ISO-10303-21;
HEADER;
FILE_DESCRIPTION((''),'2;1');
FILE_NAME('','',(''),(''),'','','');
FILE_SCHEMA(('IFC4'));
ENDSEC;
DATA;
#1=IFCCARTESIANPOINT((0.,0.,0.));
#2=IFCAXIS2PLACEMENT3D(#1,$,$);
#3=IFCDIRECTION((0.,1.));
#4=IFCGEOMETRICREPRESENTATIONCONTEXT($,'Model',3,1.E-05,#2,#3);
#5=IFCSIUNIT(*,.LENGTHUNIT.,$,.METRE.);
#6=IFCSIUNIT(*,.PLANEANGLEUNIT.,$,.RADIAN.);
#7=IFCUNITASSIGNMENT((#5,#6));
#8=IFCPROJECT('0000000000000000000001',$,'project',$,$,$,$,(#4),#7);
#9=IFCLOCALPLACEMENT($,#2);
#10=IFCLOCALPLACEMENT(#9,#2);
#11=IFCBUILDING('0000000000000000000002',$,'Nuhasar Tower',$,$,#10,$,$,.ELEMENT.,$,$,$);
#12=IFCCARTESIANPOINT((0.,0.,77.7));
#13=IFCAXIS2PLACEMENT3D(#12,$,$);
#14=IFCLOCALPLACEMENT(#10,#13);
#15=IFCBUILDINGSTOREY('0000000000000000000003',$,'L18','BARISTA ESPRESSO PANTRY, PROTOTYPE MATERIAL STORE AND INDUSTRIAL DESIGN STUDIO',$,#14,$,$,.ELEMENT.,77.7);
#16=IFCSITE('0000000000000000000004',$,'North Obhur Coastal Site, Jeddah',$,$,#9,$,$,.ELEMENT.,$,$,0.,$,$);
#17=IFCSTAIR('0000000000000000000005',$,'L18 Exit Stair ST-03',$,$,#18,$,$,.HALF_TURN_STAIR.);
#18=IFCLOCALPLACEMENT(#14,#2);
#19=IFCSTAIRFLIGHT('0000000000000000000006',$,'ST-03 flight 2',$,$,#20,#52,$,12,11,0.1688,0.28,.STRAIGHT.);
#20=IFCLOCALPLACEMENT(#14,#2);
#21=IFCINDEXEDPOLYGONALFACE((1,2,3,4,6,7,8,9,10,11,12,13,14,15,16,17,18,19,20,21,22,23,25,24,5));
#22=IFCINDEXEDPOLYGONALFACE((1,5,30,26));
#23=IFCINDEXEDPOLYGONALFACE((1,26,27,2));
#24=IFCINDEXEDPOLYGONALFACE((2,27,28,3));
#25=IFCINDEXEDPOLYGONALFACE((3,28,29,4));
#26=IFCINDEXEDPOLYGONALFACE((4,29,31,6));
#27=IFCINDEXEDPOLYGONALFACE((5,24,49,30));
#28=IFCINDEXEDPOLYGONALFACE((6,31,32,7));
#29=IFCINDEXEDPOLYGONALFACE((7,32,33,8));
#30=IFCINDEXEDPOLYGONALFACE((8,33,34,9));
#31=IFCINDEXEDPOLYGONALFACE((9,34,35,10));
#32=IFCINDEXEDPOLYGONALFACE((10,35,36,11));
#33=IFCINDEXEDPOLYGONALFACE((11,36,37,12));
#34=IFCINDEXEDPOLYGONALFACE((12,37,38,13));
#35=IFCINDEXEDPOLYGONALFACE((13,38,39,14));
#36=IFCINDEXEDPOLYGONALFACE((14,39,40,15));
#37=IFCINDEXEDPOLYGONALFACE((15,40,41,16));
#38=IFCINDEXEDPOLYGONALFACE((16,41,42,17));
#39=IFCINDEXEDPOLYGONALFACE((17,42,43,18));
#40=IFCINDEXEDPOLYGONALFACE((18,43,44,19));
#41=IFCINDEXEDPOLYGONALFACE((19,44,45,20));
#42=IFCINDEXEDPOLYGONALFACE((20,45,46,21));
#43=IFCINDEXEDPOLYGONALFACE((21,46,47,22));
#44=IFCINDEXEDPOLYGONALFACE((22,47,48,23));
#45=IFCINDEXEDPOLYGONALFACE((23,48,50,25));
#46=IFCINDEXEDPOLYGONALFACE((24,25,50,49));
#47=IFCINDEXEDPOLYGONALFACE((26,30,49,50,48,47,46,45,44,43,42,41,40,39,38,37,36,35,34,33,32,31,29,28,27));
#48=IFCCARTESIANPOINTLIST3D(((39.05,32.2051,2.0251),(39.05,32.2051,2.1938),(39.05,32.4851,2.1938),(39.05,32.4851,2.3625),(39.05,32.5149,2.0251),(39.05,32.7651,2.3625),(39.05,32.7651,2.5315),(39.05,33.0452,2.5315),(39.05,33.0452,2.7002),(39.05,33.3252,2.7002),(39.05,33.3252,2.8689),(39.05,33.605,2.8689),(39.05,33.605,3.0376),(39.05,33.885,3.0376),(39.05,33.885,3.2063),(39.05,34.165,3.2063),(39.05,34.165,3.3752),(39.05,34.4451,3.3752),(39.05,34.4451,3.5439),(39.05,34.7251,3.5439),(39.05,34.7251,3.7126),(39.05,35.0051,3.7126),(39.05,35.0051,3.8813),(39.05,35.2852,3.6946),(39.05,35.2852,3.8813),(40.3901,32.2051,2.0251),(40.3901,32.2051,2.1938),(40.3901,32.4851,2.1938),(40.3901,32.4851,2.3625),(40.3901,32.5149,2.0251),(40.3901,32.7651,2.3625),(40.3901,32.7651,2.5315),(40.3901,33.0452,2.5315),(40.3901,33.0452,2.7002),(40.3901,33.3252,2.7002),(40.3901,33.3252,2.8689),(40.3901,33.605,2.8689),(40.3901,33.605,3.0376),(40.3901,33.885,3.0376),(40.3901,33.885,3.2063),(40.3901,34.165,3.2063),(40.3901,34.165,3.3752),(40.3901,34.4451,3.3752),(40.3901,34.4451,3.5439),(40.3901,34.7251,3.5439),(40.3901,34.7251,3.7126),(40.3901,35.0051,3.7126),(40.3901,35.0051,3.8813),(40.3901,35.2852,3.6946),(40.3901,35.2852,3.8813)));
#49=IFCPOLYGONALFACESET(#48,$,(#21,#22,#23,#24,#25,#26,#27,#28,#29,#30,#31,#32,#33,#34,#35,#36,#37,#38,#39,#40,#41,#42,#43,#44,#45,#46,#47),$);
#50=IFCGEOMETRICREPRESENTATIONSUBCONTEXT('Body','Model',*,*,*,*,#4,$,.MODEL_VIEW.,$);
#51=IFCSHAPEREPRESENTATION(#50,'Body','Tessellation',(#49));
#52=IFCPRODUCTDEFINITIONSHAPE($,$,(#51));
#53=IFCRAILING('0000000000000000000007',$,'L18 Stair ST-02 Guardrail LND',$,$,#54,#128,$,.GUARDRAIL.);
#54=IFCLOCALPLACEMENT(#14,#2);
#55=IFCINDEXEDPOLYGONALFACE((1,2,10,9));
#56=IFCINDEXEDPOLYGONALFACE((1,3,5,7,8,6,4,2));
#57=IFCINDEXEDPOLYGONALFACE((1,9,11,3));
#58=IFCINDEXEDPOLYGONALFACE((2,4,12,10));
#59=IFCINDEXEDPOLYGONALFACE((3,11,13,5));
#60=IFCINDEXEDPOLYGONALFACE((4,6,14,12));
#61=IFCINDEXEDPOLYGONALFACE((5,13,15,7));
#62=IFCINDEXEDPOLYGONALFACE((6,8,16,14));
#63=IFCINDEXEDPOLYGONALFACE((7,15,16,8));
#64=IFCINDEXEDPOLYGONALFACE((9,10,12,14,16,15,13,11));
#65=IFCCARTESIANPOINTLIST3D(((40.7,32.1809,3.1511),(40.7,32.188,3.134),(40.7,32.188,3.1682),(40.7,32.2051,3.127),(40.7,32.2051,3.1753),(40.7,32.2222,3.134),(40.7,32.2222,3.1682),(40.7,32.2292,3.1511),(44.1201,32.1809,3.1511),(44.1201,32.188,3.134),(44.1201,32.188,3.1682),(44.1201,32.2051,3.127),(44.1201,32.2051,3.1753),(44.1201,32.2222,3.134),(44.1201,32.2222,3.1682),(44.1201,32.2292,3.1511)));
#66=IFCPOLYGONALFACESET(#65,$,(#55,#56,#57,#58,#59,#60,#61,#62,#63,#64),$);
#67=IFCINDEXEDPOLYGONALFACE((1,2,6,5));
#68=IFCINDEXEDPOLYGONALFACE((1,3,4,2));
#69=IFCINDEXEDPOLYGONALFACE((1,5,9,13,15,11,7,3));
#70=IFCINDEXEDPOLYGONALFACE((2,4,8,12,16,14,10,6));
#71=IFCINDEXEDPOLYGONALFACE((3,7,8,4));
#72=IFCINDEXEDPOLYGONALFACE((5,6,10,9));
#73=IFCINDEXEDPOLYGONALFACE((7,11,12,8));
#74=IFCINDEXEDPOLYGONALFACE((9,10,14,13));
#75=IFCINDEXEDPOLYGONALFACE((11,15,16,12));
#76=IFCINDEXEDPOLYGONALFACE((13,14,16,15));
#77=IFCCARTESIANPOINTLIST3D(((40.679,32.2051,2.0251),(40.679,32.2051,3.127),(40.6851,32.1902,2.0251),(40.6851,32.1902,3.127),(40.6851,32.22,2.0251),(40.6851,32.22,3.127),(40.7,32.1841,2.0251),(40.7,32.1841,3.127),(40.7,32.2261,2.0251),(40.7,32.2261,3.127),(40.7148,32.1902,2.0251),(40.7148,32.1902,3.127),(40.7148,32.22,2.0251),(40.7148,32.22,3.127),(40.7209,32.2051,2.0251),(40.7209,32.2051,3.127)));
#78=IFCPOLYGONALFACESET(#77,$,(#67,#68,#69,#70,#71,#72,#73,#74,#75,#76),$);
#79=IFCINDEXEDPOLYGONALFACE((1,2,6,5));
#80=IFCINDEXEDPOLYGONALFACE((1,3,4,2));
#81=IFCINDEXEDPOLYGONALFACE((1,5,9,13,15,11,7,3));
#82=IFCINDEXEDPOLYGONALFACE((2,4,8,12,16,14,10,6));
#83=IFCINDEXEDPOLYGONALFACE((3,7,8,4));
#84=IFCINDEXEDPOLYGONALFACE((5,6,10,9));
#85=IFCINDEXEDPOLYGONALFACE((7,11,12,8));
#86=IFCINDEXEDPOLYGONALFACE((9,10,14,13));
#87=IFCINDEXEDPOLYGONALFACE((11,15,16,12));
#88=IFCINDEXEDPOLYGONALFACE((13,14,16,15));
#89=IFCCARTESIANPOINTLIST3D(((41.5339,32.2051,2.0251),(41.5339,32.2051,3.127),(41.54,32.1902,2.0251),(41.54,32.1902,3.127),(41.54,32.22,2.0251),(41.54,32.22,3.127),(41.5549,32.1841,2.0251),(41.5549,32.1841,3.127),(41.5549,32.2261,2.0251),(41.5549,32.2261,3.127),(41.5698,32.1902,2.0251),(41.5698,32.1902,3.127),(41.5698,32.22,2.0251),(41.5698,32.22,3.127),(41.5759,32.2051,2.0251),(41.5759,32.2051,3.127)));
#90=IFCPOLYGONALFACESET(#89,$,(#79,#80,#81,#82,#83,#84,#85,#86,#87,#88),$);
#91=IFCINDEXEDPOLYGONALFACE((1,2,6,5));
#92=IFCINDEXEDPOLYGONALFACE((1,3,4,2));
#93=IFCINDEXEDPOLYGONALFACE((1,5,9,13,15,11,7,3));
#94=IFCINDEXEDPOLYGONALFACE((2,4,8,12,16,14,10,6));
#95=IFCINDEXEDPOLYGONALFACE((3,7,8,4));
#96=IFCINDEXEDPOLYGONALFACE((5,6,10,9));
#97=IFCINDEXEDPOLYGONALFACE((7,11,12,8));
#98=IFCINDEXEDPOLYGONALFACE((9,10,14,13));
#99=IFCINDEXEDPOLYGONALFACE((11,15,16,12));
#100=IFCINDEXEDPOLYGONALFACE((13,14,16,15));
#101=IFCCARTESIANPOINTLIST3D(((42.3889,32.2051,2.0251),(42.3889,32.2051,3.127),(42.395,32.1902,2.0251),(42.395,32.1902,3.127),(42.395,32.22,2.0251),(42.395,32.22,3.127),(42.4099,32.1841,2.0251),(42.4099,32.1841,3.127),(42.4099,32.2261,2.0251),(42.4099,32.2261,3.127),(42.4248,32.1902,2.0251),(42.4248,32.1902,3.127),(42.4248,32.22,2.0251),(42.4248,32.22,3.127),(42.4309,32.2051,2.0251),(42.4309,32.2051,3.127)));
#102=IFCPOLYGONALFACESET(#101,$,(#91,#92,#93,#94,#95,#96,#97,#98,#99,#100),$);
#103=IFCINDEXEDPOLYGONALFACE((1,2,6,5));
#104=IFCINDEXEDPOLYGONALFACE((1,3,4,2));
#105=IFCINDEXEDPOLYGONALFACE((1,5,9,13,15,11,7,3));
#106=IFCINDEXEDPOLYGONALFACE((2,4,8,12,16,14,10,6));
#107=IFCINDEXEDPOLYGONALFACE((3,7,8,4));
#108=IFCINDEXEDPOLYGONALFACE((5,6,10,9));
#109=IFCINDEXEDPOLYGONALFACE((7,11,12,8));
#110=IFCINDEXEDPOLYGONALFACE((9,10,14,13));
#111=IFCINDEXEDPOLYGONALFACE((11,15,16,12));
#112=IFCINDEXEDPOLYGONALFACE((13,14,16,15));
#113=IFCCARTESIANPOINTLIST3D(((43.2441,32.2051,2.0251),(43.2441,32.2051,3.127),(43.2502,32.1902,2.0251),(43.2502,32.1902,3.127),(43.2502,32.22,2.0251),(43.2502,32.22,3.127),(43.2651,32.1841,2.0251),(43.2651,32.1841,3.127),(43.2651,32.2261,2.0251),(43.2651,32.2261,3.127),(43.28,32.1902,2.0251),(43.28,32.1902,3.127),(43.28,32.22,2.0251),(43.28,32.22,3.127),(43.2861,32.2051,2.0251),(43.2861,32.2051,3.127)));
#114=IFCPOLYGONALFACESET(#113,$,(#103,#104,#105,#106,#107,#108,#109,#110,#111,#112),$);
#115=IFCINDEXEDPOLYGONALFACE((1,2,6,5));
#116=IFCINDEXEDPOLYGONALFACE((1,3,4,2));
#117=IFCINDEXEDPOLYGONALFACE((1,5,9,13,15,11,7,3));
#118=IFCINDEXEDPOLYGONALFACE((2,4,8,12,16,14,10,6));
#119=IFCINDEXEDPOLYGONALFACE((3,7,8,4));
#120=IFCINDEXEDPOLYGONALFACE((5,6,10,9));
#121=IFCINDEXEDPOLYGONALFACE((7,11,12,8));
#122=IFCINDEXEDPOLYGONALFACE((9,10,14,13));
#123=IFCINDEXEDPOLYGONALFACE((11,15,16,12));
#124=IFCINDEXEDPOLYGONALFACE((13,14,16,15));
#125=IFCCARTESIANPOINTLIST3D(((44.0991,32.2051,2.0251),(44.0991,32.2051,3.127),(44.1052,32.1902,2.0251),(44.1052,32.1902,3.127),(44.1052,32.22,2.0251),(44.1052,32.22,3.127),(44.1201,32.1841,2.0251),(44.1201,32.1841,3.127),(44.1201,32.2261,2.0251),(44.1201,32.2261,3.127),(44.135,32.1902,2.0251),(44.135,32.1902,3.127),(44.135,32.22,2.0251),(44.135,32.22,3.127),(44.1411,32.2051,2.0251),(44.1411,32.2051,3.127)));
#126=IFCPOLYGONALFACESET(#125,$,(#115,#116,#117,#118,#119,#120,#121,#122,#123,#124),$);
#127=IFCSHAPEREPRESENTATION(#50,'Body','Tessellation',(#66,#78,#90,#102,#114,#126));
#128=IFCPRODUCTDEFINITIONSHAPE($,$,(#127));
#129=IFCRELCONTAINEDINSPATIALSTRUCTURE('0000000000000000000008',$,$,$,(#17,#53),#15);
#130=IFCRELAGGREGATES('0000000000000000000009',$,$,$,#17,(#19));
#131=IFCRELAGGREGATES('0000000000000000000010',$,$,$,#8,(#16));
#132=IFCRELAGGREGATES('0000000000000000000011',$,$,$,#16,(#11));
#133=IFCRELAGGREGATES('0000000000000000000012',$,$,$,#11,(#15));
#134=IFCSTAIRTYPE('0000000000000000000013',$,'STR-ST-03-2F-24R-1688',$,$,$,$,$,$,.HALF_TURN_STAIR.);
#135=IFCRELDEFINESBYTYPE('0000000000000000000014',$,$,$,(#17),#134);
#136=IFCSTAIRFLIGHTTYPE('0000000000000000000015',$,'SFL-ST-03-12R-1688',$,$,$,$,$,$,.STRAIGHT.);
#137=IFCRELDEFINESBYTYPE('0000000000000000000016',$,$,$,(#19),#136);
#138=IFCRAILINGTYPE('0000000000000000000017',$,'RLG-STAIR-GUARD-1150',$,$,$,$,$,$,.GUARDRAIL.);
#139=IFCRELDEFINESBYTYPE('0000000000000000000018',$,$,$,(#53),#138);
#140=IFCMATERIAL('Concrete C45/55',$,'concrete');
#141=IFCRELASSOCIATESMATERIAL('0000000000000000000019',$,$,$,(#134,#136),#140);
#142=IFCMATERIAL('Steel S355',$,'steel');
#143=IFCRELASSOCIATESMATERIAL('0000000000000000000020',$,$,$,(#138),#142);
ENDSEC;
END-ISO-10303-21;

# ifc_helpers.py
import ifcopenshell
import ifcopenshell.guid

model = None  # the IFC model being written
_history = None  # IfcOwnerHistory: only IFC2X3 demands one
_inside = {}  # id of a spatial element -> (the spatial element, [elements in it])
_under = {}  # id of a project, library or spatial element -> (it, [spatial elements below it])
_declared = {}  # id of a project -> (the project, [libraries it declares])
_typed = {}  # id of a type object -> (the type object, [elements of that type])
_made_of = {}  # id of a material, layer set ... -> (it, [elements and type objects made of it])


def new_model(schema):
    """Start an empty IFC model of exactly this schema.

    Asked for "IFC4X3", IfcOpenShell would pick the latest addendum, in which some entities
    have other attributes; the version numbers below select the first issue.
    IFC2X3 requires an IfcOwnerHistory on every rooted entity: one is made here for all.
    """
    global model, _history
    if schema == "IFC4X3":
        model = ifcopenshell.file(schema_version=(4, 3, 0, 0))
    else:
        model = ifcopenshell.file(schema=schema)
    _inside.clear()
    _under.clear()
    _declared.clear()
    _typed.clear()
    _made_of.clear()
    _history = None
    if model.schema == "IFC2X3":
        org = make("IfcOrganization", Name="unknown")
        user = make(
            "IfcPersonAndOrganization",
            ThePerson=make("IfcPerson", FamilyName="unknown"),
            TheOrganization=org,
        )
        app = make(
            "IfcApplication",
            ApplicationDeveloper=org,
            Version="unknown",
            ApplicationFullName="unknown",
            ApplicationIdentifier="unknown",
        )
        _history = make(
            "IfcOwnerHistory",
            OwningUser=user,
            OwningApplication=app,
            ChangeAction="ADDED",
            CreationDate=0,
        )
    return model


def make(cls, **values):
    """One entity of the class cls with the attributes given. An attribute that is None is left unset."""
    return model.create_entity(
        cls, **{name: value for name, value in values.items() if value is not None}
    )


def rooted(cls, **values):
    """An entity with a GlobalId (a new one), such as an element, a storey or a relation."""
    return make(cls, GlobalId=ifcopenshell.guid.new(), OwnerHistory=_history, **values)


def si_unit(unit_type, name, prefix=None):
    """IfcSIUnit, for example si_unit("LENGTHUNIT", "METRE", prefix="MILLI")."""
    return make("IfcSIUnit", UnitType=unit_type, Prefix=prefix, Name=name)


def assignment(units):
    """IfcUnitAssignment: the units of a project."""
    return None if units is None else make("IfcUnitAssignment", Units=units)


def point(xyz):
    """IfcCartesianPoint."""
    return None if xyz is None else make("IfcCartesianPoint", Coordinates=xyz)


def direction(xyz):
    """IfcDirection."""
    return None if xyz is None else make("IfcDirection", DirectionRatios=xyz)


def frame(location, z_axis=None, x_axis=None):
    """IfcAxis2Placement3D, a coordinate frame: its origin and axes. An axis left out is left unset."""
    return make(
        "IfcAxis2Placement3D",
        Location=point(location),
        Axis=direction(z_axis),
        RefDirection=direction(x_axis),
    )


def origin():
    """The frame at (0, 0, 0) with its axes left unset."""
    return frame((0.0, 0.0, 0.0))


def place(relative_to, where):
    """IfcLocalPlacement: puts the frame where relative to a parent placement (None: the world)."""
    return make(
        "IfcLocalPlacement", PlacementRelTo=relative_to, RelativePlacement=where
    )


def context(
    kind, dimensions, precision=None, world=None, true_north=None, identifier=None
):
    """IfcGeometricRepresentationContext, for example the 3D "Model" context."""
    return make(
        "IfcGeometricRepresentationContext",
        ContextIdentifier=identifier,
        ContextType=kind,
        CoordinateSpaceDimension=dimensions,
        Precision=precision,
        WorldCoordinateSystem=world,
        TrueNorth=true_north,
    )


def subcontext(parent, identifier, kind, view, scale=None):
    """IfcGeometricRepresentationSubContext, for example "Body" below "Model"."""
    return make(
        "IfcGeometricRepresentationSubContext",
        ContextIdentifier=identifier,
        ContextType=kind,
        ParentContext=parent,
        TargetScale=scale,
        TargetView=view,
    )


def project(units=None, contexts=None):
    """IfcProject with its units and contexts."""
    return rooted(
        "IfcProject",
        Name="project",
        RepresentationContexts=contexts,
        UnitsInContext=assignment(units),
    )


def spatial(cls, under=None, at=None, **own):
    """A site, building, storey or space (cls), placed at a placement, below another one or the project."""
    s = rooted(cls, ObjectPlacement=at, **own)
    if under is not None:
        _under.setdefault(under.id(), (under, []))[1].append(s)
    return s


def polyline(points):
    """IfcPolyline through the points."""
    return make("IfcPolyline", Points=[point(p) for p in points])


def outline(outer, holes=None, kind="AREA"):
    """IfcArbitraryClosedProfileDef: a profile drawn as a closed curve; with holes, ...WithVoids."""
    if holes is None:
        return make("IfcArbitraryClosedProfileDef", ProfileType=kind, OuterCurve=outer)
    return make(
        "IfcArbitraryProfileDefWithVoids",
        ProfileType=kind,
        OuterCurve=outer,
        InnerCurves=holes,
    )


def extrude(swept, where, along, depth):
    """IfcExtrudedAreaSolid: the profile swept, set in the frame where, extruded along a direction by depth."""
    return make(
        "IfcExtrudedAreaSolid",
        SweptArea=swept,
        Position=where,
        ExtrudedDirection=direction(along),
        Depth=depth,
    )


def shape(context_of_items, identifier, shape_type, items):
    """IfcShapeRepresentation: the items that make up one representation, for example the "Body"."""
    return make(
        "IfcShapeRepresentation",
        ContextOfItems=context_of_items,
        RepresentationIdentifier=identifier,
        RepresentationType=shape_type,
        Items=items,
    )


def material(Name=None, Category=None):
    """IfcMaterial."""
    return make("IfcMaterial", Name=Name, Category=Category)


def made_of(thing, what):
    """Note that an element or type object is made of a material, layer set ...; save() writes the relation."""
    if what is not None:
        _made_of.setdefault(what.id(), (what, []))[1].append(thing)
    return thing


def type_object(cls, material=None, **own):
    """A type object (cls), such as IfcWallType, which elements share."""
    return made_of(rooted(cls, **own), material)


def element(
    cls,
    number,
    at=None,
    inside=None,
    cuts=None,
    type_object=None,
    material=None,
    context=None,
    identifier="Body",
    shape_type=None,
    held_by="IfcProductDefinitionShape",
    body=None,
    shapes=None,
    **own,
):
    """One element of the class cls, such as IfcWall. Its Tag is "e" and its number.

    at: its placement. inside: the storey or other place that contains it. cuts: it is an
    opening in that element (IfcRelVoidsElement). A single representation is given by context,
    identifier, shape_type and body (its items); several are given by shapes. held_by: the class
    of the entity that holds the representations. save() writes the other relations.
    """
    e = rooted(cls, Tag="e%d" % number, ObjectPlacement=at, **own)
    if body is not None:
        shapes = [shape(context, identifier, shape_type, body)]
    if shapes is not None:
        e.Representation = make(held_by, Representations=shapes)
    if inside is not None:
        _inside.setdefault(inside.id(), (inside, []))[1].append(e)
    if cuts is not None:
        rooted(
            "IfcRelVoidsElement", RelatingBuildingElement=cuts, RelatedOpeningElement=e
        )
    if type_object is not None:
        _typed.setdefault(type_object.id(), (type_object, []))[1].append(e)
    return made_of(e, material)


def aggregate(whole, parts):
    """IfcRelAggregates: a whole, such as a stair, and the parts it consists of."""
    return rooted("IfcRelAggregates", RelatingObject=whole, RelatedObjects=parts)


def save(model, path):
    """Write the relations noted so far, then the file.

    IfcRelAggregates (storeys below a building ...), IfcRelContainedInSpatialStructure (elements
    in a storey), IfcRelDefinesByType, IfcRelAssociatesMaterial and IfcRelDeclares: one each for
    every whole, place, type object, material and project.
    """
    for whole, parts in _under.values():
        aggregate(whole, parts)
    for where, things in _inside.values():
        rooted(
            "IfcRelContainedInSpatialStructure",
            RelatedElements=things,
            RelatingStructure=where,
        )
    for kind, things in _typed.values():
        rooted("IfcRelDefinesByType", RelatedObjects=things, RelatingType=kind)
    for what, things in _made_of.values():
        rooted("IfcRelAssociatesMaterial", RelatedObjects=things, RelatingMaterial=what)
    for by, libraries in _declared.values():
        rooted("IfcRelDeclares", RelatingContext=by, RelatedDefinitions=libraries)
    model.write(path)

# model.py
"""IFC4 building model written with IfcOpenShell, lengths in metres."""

from ifc_helpers import new_model, si_unit, direction, frame, origin, place, context, subcontext, project, spatial, polyline, outline, extrude, material, type_object, element, aggregate, save


model = new_model("IFC4")

# Units and contexts
model_context = context("Model", 3, precision=1e-05, world=origin(), true_north=direction((0.0, 1.0)))
body_context = subcontext(model_context, "Body", "Model", "MODEL_VIEW")
ifc_project = project(units=[si_unit("LENGTHUNIT", "METRE"), si_unit("PLANEANGLEUNIT", "RADIAN")], contexts=[model_context])

# Site, building, storey
site_placement = place(None, origin())
site = spatial("IfcSite", under=ifc_project, at=site_placement, Name="North Obhur Coastal Site, Jeddah", CompositionType="ELEMENT", RefElevation=0.0)
building_placement = place(site_placement, origin())
building = spatial("IfcBuilding", under=site, at=building_placement, Name="Nuhasar Tower", CompositionType="ELEMENT")
storey_placement = place(building_placement, frame((0.0, 0.0, 77.7)))
storey = spatial("IfcBuildingStorey", under=building, at=storey_placement, Name="L18", Description="BARISTA ESPRESSO PANTRY, PROTOTYPE MATERIAL STORE AND INDUSTRIAL DESIGN STUDIO", CompositionType="ELEMENT", Elevation=77.7)

# Shared definitions
ifc_material_1 = material(Name="Steel S355", Category="steel")

# Shared definitions
ifc_material_2 = material(Name="Concrete C45/55", Category="concrete")

# Stair, stair flight
stair_type_1 = type_object("IfcStairType", Name="STR-ST-03-2F-24R-1688", PredefinedType="HALF_TURN_STAIR", material=ifc_material_2)
stair_1_placement = place(storey_placement, origin())
stair_1 = element("IfcStair", 1, at=stair_1_placement, inside=storey, type_object=stair_type_1, Name="L18 Exit Stair ST-03", PredefinedType="HALF_TURN_STAIR")
stair_flight_type_1 = type_object("IfcStairFlightType", Name="SFL-ST-03-12R-1688", PredefinedType="STRAIGHT", material=ifc_material_2)
stair_flight_1_placement = place(storey_placement, frame((39.72, 32.2051, 2.0251), z_axis=(0.0, 0.0, 1.0), x_axis=(0.0, 1.0, 0.0)))
stair_flight_1 = element("IfcStairFlight", 2, at=stair_flight_1_placement, type_object=stair_flight_type_1, Name="ST-03 flight 2", NumberOfRisers=12, NumberOfTreads=11, PredefinedType="STRAIGHT", RiserHeight=0.1688, TreadLength=0.28, context=body_context, shape_type="SweptSolid", body=[
    extrude(outline(polyline([(0.0, 0.0), (0.0, 0.1687), (0.28, 0.1687), (0.28, 0.3374), (0.5601, 0.3374), (0.5601, 0.5063), (0.8401, 0.5063), (0.8401, 0.675), (1.1201, 0.675), (1.1201, 0.8438), (1.3999, 0.8438), (1.3999, 1.0125), (1.6799, 1.0125), (1.6799, 1.1812), (1.96, 1.1812), (1.96, 1.3501), (2.24, 1.3501), (2.24, 1.5188), (2.52, 1.5188), (2.52, 1.6875), (2.8, 1.6875), (2.8, 1.8562), (3.0801, 1.8562), (3.0801, 2.0249), (3.0801, 1.6694), (0.3098, 0.0), (0.0, 0.0)])), frame((0.0, 0.6699, 0.0), z_axis=(0.0, -1.0, 0.0), x_axis=(1.0, 0.0, 0.0)), (0.0, 0.0, 1.0), 1.3401),
])
aggregate(stair_1, [stair_flight_1])

# Railing
railing_type_1 = type_object("IfcRailingType", Name="RLG-STAIR-GUARD-1150", PredefinedType="GUARDRAIL", material=ifc_material_1)
railing_1_placement = place(storey_placement, frame((40.7, 32.2051, 2.0251)))
element("IfcRailing", 3, at=railing_1_placement, inside=storey, type_object=railing_type_1, Name="L18 Stair ST-02 Guardrail LND", PredefinedType="GUARDRAIL", context=body_context, shape_type="SweptSolid", body=[
    extrude(outline(polyline([(0.0242, 0.0), (0.0171, 0.0171), (0.0, 0.0242), (-0.0171, 0.0171), (-0.0242, 0.0), (-0.0171, -0.0171), (0.0, -0.0242), (0.0171, -0.0171), (0.0242, 0.0)])), frame((0.0, 0.0, 1.126), z_axis=(1.0, 0.0, 0.0), x_axis=(0.0, 1.0, 0.0)), (0.0, 0.0, 1.0), 3.4202),
    extrude(outline(polyline([(0.021, 0.0), (0.0149, 0.0149), (0.0, 0.021), (-0.0149, 0.0149), (-0.021, 0.0), (-0.0149, -0.0149), (0.0, -0.021), (0.0149, -0.0149), (0.021, 0.0)])), origin(), (0.0, 0.0, 1.0), 1.1018),
    extrude(outline(polyline([(0.021, 0.0), (0.0149, 0.0149), (0.0, 0.021), (-0.0149, 0.0149), (-0.021, 0.0), (-0.0149, -0.0149), (0.0, -0.021), (0.0149, -0.0149), (0.021, 0.0)])), frame((0.855, 0.0, 0.0)), (0.0, 0.0, 1.0), 1.1018),
    extrude(outline(polyline([(0.021, 0.0), (0.0149, 0.0149), (0.0, 0.021), (-0.0149, 0.0149), (-0.021, 0.0), (-0.0149, -0.0149), (0.0, -0.021), (0.0149, -0.0149), (0.021, 0.0)])), frame((1.71, 0.0, 0.0)), (0.0, 0.0, 1.0), 1.1018),
    extrude(outline(polyline([(0.021, 0.0), (0.0149, 0.0149), (0.0, 0.021), (-0.0149, 0.0149), (-0.021, 0.0), (-0.0149, -0.0149), (0.0, -0.021), (0.0149, -0.0149), (0.021, 0.0)])), frame((2.5652, 0.0, 0.0)), (0.0, 0.0, 1.0), 1.1018),
    extrude(outline(polyline([(0.021, 0.0), (0.0149, 0.0149), (0.0, 0.021), (-0.0149, 0.0149), (-0.021, 0.0), (-0.0149, -0.0149), (0.0, -0.021), (0.0149, -0.0149), (0.021, 0.0)])), frame((3.4202, 0.0, 0.0)), (0.0, 0.0, 1.0), 1.1018),
])

save(model, "model.ifc")
